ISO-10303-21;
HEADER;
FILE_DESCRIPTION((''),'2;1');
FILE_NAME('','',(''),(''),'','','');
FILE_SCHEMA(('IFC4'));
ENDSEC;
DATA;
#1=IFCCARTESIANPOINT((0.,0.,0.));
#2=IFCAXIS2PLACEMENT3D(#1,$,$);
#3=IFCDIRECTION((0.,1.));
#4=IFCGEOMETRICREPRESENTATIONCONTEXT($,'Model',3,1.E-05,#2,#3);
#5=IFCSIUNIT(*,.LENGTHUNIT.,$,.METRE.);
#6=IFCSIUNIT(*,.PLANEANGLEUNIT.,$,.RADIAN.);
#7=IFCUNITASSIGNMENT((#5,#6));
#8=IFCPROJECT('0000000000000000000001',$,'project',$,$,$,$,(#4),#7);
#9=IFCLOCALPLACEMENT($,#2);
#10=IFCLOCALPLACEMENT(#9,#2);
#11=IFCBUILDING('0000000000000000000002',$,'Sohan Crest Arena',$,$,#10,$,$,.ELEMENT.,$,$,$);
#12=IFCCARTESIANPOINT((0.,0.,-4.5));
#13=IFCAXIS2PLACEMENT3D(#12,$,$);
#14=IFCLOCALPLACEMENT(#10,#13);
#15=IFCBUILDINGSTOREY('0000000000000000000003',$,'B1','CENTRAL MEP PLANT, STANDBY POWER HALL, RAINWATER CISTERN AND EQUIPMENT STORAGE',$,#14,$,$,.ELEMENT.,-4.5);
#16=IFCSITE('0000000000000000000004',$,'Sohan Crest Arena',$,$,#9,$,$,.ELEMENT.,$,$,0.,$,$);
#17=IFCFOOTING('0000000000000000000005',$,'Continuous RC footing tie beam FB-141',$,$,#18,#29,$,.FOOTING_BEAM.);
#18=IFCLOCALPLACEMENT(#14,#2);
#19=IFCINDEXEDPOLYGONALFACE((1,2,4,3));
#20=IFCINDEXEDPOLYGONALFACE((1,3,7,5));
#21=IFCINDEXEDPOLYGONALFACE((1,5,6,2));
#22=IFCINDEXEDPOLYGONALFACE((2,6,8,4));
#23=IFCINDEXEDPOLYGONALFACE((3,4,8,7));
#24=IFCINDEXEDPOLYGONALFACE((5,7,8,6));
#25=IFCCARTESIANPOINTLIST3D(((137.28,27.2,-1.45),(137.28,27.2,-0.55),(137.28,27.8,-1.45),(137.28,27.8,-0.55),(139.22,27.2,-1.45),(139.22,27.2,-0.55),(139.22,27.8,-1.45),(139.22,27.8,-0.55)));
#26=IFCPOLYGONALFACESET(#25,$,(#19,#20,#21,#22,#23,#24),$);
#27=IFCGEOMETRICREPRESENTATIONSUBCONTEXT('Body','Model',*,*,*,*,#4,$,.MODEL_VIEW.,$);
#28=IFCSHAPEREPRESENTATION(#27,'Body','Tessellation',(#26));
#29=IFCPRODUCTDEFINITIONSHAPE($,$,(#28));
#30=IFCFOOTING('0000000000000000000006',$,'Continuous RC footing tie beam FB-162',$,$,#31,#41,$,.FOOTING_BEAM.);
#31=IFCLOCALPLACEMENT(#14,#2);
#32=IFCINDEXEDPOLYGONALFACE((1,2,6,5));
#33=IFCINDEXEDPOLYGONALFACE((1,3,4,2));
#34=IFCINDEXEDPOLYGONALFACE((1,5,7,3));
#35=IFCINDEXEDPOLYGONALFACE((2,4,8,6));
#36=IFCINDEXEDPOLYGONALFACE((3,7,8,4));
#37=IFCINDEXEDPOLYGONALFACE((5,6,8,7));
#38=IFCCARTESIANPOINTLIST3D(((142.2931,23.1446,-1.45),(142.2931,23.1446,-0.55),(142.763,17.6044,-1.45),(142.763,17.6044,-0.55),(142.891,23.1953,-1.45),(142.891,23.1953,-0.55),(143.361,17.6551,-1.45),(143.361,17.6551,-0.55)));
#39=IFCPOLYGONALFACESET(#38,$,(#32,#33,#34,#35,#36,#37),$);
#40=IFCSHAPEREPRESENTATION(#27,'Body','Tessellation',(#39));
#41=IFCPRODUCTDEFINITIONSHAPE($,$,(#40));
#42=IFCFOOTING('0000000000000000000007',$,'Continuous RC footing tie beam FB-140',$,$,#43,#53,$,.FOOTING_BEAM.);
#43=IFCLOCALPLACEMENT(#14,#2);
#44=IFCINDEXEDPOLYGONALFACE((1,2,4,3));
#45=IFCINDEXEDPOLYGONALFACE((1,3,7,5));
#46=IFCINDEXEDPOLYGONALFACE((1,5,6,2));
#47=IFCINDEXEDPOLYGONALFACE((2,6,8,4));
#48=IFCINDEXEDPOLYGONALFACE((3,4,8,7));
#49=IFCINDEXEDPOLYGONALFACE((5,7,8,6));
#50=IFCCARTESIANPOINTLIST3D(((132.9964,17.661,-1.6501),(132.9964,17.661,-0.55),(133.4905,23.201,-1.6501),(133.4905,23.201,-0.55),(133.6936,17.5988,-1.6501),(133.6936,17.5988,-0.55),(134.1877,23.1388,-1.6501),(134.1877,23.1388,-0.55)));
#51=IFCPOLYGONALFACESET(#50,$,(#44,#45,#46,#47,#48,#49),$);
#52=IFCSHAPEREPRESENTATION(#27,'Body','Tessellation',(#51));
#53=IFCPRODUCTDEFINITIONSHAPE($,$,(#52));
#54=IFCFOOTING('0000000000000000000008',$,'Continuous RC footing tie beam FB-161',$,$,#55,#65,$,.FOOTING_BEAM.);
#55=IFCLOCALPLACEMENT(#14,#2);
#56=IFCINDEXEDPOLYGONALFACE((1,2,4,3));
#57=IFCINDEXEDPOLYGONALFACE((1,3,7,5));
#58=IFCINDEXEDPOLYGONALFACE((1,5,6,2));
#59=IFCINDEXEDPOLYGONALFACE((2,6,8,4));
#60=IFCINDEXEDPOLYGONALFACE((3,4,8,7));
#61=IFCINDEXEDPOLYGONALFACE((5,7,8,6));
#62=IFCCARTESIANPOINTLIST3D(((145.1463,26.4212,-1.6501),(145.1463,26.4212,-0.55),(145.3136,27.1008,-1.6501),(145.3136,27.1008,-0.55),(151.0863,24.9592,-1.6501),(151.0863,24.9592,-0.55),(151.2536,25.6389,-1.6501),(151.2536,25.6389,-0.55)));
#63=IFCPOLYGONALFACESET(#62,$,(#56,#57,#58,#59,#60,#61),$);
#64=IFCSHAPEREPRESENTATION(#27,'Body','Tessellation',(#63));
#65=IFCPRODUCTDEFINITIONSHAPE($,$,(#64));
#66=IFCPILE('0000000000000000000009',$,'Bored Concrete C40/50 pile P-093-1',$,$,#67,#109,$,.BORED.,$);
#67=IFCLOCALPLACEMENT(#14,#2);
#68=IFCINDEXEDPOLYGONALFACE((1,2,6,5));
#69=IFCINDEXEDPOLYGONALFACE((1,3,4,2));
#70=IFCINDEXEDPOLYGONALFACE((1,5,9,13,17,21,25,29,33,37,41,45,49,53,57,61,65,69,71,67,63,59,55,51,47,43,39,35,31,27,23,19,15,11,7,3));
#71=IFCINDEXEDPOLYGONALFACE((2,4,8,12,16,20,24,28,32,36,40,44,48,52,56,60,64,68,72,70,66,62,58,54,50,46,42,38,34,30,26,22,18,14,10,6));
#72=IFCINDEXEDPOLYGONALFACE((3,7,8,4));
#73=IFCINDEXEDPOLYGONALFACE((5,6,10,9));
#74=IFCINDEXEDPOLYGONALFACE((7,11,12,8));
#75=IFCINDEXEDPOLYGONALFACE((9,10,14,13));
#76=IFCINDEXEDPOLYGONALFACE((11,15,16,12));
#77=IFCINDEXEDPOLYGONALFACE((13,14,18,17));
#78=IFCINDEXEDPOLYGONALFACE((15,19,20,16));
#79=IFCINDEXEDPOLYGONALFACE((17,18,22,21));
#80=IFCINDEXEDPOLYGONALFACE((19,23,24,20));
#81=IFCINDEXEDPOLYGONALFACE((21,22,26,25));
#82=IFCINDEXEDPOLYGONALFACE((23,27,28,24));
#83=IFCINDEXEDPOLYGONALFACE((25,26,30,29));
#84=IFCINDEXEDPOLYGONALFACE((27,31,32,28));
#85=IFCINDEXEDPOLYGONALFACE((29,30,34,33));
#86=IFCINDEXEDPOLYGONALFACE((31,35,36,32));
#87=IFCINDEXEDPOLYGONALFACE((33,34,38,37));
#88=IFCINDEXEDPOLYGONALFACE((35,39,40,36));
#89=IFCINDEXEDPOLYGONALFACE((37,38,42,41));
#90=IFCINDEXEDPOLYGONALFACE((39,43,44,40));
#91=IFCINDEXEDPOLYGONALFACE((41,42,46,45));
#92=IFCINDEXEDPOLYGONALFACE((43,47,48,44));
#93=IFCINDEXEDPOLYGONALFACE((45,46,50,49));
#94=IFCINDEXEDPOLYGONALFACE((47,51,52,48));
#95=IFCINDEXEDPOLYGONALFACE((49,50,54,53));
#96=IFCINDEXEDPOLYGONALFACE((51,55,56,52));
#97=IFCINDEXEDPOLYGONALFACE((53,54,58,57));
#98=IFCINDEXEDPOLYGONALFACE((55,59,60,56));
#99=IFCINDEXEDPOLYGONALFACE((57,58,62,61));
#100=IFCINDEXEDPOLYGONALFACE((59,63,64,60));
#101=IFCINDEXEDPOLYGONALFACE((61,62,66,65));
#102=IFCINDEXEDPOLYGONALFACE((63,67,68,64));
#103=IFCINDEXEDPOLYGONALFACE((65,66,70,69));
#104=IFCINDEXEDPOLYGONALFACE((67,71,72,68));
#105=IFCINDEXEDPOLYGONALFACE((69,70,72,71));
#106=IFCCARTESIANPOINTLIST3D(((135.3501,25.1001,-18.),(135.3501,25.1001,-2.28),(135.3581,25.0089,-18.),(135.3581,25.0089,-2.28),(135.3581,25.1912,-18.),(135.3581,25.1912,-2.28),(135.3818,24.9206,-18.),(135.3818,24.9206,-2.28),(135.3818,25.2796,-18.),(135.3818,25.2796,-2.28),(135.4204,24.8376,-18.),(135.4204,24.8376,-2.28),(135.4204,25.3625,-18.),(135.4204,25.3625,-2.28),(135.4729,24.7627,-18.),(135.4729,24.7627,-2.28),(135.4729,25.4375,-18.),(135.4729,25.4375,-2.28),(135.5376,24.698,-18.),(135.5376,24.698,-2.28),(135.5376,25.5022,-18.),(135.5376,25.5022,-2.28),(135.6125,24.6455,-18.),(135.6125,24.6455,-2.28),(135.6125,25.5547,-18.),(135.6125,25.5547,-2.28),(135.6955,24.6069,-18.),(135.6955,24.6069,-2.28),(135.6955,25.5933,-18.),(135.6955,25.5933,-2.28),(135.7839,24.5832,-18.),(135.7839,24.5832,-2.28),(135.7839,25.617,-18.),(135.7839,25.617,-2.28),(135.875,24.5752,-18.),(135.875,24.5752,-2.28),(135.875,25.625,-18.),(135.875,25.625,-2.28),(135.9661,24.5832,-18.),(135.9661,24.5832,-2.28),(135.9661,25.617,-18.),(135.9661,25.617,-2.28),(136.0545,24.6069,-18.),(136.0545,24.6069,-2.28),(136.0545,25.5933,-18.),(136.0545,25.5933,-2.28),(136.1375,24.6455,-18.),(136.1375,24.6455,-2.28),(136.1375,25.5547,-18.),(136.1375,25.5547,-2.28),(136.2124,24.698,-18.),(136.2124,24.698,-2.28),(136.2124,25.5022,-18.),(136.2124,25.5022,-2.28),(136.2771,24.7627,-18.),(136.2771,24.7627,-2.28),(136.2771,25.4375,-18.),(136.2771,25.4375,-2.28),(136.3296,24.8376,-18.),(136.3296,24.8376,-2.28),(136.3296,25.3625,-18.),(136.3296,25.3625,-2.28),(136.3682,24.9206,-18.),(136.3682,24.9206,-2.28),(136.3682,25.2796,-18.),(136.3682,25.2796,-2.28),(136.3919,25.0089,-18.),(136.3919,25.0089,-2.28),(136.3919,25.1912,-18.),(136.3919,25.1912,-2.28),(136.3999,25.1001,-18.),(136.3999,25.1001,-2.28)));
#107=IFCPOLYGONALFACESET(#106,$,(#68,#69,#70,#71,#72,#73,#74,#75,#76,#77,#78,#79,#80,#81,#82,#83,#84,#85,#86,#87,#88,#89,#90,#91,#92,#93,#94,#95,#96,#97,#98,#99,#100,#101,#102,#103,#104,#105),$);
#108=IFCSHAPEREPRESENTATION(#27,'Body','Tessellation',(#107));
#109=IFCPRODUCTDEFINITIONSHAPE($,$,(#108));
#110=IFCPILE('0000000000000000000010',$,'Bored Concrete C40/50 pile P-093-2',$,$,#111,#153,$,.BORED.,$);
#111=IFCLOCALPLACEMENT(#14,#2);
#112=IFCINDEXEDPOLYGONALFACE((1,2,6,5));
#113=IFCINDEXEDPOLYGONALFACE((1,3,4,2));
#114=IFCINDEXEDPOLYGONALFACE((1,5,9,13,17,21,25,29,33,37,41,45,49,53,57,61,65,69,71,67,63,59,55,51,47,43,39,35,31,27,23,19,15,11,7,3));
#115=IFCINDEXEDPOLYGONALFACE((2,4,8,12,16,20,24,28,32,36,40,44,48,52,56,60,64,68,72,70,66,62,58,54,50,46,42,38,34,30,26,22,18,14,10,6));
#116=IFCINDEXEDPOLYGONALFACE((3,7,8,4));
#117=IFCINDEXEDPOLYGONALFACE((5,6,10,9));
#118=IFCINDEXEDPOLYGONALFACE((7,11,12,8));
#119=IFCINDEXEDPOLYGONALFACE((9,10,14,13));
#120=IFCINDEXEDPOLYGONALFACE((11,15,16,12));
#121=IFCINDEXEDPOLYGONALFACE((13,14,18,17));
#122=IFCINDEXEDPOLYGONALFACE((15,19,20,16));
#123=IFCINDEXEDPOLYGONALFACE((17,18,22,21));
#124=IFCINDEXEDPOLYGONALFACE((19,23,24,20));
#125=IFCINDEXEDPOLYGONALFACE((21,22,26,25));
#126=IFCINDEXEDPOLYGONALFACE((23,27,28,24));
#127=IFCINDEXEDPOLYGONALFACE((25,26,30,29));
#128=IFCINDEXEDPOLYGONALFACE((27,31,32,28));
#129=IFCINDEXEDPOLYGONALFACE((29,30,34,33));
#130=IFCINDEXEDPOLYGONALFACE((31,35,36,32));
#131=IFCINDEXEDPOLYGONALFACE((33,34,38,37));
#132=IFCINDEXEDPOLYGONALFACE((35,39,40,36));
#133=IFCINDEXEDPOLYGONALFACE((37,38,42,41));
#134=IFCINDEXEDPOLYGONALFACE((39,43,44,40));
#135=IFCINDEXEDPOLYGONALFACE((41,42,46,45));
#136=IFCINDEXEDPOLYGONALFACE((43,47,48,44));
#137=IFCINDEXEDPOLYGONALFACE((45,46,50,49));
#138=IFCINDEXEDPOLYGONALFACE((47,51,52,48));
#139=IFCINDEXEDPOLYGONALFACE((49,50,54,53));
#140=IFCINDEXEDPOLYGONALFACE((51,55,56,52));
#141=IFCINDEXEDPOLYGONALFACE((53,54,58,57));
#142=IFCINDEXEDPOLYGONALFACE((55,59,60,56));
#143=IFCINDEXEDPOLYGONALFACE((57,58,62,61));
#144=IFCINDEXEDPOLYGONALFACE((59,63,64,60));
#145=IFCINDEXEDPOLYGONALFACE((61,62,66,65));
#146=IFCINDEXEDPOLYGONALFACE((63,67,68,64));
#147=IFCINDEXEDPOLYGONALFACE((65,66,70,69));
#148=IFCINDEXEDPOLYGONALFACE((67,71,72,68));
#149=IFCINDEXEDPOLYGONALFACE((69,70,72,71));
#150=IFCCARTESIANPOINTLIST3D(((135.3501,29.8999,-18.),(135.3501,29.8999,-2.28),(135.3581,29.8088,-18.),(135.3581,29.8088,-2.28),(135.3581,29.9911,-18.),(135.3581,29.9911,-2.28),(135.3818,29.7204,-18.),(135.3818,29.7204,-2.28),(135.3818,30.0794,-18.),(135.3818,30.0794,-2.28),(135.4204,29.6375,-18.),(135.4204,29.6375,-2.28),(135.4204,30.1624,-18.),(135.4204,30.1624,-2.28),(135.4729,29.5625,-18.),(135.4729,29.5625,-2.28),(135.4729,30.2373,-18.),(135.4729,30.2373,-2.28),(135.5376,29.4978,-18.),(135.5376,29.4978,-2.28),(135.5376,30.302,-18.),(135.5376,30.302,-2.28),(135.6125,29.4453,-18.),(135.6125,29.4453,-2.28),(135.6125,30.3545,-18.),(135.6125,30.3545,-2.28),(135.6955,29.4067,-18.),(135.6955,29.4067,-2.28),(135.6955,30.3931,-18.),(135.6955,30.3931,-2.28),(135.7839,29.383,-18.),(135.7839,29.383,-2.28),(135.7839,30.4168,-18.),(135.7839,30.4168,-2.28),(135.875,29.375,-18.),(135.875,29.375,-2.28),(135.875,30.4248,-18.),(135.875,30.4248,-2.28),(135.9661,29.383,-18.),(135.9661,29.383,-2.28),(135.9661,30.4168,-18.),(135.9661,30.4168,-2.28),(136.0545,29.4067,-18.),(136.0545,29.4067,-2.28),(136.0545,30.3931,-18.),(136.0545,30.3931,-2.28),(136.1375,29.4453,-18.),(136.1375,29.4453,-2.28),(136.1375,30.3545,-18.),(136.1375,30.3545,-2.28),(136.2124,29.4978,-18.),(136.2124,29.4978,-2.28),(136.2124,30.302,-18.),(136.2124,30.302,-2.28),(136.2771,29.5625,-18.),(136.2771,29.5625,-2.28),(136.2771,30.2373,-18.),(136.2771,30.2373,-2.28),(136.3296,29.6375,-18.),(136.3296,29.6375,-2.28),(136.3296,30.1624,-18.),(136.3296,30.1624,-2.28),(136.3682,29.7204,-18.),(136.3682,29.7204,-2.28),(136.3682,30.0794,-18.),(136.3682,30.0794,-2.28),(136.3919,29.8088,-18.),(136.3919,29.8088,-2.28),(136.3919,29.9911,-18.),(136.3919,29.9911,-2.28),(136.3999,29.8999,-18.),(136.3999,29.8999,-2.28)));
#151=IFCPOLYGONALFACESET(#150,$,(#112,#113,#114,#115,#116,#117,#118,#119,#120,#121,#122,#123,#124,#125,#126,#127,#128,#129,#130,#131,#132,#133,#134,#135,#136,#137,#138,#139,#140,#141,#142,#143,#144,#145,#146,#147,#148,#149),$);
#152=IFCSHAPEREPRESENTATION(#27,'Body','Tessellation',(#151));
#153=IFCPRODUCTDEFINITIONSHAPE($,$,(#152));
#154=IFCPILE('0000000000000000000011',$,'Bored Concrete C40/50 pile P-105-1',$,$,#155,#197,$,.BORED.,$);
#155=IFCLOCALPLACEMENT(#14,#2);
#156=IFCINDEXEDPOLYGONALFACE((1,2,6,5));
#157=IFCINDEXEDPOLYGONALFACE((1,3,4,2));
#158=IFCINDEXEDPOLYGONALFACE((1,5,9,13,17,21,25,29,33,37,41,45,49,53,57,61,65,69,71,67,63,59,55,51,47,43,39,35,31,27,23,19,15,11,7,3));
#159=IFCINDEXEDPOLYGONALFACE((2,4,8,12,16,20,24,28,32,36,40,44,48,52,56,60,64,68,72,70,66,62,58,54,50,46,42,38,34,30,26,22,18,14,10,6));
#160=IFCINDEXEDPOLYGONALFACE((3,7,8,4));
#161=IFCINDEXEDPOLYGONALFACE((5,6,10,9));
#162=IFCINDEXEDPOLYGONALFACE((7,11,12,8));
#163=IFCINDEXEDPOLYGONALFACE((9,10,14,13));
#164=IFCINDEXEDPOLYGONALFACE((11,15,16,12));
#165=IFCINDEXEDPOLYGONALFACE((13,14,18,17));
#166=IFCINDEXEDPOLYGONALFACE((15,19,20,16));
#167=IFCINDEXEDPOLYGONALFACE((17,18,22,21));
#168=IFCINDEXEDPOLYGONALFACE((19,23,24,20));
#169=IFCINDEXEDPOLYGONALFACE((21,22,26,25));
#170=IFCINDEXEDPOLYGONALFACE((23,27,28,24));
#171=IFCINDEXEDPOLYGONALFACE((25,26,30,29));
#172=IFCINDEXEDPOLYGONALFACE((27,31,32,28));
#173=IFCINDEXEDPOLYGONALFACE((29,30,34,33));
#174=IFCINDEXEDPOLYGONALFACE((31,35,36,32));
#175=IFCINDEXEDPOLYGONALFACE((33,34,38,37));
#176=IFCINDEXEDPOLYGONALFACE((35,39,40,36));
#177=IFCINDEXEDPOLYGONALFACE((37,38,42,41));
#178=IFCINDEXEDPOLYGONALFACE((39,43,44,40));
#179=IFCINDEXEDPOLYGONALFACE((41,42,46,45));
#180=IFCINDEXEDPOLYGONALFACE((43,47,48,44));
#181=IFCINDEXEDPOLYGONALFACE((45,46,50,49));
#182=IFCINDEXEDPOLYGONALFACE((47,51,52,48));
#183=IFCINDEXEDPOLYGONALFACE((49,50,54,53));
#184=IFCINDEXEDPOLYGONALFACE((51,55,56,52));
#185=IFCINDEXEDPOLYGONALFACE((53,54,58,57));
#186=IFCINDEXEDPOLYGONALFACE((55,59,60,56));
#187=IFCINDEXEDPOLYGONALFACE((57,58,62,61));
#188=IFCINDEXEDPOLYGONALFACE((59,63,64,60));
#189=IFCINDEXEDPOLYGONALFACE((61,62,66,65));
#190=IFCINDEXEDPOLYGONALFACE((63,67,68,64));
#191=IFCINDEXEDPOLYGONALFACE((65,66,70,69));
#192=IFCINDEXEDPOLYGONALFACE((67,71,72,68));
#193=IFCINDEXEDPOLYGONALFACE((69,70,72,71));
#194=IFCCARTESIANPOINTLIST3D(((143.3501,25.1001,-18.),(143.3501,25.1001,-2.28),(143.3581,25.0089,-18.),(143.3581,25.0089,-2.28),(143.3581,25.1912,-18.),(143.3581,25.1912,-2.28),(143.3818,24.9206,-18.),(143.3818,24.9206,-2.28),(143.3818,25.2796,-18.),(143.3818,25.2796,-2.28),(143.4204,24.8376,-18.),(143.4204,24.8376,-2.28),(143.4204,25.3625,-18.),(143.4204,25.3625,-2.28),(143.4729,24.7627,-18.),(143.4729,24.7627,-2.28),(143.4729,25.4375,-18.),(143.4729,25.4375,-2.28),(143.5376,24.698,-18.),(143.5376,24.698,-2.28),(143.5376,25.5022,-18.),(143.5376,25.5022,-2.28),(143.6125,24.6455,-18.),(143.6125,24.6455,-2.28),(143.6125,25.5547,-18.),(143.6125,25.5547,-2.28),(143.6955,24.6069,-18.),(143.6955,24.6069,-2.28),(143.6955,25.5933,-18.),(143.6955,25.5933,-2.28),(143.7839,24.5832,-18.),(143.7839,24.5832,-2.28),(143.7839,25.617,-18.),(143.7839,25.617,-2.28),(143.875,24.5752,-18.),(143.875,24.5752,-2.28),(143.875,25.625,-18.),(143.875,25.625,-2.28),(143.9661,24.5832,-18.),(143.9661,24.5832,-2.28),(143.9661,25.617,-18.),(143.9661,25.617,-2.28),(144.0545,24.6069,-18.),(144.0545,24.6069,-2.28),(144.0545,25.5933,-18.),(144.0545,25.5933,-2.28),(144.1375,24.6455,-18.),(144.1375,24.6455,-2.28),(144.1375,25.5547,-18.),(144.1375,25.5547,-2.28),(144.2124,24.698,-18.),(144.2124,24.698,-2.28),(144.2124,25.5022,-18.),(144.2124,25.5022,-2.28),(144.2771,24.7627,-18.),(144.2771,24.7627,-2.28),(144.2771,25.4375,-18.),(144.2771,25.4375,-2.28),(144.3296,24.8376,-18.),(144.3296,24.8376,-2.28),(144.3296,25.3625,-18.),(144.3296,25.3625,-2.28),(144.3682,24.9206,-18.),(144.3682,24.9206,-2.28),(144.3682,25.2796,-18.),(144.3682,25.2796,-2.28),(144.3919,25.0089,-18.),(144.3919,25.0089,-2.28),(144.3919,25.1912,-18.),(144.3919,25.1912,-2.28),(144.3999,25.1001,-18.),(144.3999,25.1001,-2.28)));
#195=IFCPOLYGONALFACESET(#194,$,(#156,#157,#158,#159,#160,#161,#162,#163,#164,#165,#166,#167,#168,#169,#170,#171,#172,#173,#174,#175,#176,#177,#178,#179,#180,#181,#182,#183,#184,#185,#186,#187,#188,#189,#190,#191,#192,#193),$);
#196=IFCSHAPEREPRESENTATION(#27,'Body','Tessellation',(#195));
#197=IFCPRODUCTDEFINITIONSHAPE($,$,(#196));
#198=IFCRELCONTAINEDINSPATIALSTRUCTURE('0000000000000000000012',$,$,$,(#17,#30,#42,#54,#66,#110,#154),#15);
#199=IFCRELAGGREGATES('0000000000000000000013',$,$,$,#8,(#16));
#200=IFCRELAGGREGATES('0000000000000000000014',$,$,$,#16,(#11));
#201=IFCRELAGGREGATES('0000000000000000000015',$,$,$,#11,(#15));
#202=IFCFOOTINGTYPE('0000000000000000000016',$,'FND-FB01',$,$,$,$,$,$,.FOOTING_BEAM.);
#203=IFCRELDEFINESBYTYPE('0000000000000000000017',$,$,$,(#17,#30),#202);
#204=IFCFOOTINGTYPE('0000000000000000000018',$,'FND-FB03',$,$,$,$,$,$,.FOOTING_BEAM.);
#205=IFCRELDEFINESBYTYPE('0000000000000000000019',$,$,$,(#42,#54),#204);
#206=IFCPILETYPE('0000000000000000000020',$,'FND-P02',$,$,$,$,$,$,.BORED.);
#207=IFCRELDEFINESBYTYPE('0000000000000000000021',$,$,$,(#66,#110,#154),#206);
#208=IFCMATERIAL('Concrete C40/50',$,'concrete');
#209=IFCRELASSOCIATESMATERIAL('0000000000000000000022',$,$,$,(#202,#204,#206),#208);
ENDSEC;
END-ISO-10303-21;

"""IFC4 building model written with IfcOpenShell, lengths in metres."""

from ifc_helpers import new_model, si_unit, direction, frame, origin, origin_2d, place, context, subcontext, project, spatial, rectangle, circle, extrude, material, material_profile, profile_set, type_object, element, save


model = new_model("IFC4")

# Units and contexts
model_context = context("Model", 3, precision=1e-05, world=origin(), true_north=direction((0.0, 1.0)))
body_context = subcontext(model_context, "Body", "Model", "MODEL_VIEW")
ifc_project = project(units=[si_unit("LENGTHUNIT", "METRE"), si_unit("PLANEANGLEUNIT", "RADIAN")], contexts=[model_context])

# Site, building, storey
site_placement = place(None, origin())
site = spatial("IfcSite", under=ifc_project, at=site_placement, Name="Sohan Crest Arena", CompositionType="ELEMENT", RefElevation=0.0)
building_placement = place(site_placement, origin())
building = spatial("IfcBuilding", under=site, at=building_placement, Name="Sohan Crest Arena", CompositionType="ELEMENT")
storey_placement = place(building_placement, frame((0.0, 0.0, -4.5)))
storey = spatial("IfcBuildingStorey", under=building, at=storey_placement, Name="B1", Description="CENTRAL MEP PLANT, STANDBY POWER HALL, RAINWATER CISTERN AND EQUIPMENT STORAGE", CompositionType="ELEMENT", Elevation=-4.5)

# Footings
ifc_material_1 = material(Name="Concrete C40/50", Category="concrete")
ifc_material_profile_1 = material_profile(ifc_material_1, rectangle(XDim=0.6001, YDim=0.8999, at=origin_2d()), Name="RC-FB 600x900")
ifc_profile_set_1 = profile_set([ifc_material_profile_1], Name="Concrete C40/50")
footing_type_1 = type_object("IfcFootingType", Name="FND-FB01", PredefinedType="FOOTING_BEAM", material=ifc_profile_set_1)
footing_1_placement = place(storey_placement, frame((137.28, 27.5, -1.0), z_axis=(1.0, 0.0, 0.0), x_axis=(0.0, 1.0, 0.0)))
element("IfcFooting", 1, at=footing_1_placement, inside=storey, type_object=footing_type_1, Name="Continuous RC footing tie beam FB-141", PredefinedType="FOOTING_BEAM", context=body_context, shape_type="SweptSolid", body=[
    extrude(rectangle(XDim=0.6001, YDim=0.8999, at=origin_2d()), origin(), (0.0, 0.0, 1.0), 1.9399),
])
footing_2_placement = place(storey_placement, frame((142.592, 23.1699, -1.0), z_axis=(0.084528, -0.996421, 0.0), x_axis=(0.996421, 0.084528, 0.0)))
element("IfcFooting", 2, at=footing_2_placement, inside=storey, type_object=footing_type_1, Name="Continuous RC footing tie beam FB-162", PredefinedType="FOOTING_BEAM", context=body_context, shape_type="SweptSolid", body=[
    extrude(rectangle(XDim=0.6001, YDim=0.8999, at=origin_2d()), origin(), (0.0, 0.0, 1.0), 5.5601),
])
ifc_material_profile_2 = material_profile(ifc_material_1, rectangle(XDim=0.7, YDim=1.1001, at=origin_2d()), Name="RC-FB 700x1100")
ifc_profile_set_2 = profile_set([ifc_material_profile_2], Name="Concrete C40/50")
footing_type_2 = type_object("IfcFootingType", Name="FND-FB03", PredefinedType="FOOTING_BEAM", material=ifc_profile_set_2)
footing_3_placement = place(storey_placement, frame((133.345, 17.6299, -1.1001), z_axis=(0.088842, 0.996046, 0.0), x_axis=(-0.996046, 0.088842, 0.0)))
element("IfcFooting", 3, at=footing_3_placement, inside=storey, type_object=footing_type_2, Name="Continuous RC footing tie beam FB-140", PredefinedType="FOOTING_BEAM", context=body_context, shape_type="SweptSolid", body=[
    extrude(rectangle(XDim=0.7, YDim=1.1001, at=origin_2d()), origin(), (0.0, 0.0, 1.0), 5.562),
])
footing_4_placement = place(storey_placement, frame((145.23, 26.761, -1.1001), z_axis=(0.971023, -0.238984, 0.0), x_axis=(0.238984, 0.971023, 0.0)))
element("IfcFooting", 4, at=footing_4_placement, inside=storey, type_object=footing_type_2, Name="Continuous RC footing tie beam FB-161", PredefinedType="FOOTING_BEAM", context=body_context, shape_type="SweptSolid", body=[
    extrude(rectangle(XDim=0.7, YDim=1.1001, at=origin_2d()), origin(), (0.0, 0.0, 1.0), 6.1172),
])

# Piles
ifc_material_profile_3 = material_profile(ifc_material_1, circle(Radius=0.5249, at=origin_2d()), Name="PILE D1050")
ifc_profile_set_3 = profile_set([ifc_material_profile_3], Name="Concrete C40/50")
pile_type = type_object("IfcPileType", Name="FND-P02", PredefinedType="BORED", material=ifc_profile_set_3)
for number, where, z_axis, x_axis, name in (
    (5, (135.875, 25.1001, -18.0), (0.0, 0.0, 1.0), (1.0, 0.0, 0.0), "Bored Concrete C40/50 pile P-093-1"),
    (6, (135.875, 29.8999, -18.0), (0.0, 0.0, 1.0), (1.0, 0.0, 0.0), "Bored Concrete C40/50 pile P-093-2"),
    (7, (143.875, 25.1001, -18.0), (0.0, 0.0, 1.0), (1.0, 0.0, 0.0), "Bored Concrete C40/50 pile P-105-1"),
):
    element("IfcPile", number, at=place(storey_placement, frame(where, z_axis=z_axis, x_axis=x_axis)), inside=storey, type_object=pile_type, Name=name, PredefinedType="BORED", context=body_context, shape_type="SweptSolid", body=[
        extrude(circle(Radius=0.5249, at=origin_2d()), origin(), (0.0, 0.0, 1.0), 15.72),
    ])

save(model, "model.ifc")
